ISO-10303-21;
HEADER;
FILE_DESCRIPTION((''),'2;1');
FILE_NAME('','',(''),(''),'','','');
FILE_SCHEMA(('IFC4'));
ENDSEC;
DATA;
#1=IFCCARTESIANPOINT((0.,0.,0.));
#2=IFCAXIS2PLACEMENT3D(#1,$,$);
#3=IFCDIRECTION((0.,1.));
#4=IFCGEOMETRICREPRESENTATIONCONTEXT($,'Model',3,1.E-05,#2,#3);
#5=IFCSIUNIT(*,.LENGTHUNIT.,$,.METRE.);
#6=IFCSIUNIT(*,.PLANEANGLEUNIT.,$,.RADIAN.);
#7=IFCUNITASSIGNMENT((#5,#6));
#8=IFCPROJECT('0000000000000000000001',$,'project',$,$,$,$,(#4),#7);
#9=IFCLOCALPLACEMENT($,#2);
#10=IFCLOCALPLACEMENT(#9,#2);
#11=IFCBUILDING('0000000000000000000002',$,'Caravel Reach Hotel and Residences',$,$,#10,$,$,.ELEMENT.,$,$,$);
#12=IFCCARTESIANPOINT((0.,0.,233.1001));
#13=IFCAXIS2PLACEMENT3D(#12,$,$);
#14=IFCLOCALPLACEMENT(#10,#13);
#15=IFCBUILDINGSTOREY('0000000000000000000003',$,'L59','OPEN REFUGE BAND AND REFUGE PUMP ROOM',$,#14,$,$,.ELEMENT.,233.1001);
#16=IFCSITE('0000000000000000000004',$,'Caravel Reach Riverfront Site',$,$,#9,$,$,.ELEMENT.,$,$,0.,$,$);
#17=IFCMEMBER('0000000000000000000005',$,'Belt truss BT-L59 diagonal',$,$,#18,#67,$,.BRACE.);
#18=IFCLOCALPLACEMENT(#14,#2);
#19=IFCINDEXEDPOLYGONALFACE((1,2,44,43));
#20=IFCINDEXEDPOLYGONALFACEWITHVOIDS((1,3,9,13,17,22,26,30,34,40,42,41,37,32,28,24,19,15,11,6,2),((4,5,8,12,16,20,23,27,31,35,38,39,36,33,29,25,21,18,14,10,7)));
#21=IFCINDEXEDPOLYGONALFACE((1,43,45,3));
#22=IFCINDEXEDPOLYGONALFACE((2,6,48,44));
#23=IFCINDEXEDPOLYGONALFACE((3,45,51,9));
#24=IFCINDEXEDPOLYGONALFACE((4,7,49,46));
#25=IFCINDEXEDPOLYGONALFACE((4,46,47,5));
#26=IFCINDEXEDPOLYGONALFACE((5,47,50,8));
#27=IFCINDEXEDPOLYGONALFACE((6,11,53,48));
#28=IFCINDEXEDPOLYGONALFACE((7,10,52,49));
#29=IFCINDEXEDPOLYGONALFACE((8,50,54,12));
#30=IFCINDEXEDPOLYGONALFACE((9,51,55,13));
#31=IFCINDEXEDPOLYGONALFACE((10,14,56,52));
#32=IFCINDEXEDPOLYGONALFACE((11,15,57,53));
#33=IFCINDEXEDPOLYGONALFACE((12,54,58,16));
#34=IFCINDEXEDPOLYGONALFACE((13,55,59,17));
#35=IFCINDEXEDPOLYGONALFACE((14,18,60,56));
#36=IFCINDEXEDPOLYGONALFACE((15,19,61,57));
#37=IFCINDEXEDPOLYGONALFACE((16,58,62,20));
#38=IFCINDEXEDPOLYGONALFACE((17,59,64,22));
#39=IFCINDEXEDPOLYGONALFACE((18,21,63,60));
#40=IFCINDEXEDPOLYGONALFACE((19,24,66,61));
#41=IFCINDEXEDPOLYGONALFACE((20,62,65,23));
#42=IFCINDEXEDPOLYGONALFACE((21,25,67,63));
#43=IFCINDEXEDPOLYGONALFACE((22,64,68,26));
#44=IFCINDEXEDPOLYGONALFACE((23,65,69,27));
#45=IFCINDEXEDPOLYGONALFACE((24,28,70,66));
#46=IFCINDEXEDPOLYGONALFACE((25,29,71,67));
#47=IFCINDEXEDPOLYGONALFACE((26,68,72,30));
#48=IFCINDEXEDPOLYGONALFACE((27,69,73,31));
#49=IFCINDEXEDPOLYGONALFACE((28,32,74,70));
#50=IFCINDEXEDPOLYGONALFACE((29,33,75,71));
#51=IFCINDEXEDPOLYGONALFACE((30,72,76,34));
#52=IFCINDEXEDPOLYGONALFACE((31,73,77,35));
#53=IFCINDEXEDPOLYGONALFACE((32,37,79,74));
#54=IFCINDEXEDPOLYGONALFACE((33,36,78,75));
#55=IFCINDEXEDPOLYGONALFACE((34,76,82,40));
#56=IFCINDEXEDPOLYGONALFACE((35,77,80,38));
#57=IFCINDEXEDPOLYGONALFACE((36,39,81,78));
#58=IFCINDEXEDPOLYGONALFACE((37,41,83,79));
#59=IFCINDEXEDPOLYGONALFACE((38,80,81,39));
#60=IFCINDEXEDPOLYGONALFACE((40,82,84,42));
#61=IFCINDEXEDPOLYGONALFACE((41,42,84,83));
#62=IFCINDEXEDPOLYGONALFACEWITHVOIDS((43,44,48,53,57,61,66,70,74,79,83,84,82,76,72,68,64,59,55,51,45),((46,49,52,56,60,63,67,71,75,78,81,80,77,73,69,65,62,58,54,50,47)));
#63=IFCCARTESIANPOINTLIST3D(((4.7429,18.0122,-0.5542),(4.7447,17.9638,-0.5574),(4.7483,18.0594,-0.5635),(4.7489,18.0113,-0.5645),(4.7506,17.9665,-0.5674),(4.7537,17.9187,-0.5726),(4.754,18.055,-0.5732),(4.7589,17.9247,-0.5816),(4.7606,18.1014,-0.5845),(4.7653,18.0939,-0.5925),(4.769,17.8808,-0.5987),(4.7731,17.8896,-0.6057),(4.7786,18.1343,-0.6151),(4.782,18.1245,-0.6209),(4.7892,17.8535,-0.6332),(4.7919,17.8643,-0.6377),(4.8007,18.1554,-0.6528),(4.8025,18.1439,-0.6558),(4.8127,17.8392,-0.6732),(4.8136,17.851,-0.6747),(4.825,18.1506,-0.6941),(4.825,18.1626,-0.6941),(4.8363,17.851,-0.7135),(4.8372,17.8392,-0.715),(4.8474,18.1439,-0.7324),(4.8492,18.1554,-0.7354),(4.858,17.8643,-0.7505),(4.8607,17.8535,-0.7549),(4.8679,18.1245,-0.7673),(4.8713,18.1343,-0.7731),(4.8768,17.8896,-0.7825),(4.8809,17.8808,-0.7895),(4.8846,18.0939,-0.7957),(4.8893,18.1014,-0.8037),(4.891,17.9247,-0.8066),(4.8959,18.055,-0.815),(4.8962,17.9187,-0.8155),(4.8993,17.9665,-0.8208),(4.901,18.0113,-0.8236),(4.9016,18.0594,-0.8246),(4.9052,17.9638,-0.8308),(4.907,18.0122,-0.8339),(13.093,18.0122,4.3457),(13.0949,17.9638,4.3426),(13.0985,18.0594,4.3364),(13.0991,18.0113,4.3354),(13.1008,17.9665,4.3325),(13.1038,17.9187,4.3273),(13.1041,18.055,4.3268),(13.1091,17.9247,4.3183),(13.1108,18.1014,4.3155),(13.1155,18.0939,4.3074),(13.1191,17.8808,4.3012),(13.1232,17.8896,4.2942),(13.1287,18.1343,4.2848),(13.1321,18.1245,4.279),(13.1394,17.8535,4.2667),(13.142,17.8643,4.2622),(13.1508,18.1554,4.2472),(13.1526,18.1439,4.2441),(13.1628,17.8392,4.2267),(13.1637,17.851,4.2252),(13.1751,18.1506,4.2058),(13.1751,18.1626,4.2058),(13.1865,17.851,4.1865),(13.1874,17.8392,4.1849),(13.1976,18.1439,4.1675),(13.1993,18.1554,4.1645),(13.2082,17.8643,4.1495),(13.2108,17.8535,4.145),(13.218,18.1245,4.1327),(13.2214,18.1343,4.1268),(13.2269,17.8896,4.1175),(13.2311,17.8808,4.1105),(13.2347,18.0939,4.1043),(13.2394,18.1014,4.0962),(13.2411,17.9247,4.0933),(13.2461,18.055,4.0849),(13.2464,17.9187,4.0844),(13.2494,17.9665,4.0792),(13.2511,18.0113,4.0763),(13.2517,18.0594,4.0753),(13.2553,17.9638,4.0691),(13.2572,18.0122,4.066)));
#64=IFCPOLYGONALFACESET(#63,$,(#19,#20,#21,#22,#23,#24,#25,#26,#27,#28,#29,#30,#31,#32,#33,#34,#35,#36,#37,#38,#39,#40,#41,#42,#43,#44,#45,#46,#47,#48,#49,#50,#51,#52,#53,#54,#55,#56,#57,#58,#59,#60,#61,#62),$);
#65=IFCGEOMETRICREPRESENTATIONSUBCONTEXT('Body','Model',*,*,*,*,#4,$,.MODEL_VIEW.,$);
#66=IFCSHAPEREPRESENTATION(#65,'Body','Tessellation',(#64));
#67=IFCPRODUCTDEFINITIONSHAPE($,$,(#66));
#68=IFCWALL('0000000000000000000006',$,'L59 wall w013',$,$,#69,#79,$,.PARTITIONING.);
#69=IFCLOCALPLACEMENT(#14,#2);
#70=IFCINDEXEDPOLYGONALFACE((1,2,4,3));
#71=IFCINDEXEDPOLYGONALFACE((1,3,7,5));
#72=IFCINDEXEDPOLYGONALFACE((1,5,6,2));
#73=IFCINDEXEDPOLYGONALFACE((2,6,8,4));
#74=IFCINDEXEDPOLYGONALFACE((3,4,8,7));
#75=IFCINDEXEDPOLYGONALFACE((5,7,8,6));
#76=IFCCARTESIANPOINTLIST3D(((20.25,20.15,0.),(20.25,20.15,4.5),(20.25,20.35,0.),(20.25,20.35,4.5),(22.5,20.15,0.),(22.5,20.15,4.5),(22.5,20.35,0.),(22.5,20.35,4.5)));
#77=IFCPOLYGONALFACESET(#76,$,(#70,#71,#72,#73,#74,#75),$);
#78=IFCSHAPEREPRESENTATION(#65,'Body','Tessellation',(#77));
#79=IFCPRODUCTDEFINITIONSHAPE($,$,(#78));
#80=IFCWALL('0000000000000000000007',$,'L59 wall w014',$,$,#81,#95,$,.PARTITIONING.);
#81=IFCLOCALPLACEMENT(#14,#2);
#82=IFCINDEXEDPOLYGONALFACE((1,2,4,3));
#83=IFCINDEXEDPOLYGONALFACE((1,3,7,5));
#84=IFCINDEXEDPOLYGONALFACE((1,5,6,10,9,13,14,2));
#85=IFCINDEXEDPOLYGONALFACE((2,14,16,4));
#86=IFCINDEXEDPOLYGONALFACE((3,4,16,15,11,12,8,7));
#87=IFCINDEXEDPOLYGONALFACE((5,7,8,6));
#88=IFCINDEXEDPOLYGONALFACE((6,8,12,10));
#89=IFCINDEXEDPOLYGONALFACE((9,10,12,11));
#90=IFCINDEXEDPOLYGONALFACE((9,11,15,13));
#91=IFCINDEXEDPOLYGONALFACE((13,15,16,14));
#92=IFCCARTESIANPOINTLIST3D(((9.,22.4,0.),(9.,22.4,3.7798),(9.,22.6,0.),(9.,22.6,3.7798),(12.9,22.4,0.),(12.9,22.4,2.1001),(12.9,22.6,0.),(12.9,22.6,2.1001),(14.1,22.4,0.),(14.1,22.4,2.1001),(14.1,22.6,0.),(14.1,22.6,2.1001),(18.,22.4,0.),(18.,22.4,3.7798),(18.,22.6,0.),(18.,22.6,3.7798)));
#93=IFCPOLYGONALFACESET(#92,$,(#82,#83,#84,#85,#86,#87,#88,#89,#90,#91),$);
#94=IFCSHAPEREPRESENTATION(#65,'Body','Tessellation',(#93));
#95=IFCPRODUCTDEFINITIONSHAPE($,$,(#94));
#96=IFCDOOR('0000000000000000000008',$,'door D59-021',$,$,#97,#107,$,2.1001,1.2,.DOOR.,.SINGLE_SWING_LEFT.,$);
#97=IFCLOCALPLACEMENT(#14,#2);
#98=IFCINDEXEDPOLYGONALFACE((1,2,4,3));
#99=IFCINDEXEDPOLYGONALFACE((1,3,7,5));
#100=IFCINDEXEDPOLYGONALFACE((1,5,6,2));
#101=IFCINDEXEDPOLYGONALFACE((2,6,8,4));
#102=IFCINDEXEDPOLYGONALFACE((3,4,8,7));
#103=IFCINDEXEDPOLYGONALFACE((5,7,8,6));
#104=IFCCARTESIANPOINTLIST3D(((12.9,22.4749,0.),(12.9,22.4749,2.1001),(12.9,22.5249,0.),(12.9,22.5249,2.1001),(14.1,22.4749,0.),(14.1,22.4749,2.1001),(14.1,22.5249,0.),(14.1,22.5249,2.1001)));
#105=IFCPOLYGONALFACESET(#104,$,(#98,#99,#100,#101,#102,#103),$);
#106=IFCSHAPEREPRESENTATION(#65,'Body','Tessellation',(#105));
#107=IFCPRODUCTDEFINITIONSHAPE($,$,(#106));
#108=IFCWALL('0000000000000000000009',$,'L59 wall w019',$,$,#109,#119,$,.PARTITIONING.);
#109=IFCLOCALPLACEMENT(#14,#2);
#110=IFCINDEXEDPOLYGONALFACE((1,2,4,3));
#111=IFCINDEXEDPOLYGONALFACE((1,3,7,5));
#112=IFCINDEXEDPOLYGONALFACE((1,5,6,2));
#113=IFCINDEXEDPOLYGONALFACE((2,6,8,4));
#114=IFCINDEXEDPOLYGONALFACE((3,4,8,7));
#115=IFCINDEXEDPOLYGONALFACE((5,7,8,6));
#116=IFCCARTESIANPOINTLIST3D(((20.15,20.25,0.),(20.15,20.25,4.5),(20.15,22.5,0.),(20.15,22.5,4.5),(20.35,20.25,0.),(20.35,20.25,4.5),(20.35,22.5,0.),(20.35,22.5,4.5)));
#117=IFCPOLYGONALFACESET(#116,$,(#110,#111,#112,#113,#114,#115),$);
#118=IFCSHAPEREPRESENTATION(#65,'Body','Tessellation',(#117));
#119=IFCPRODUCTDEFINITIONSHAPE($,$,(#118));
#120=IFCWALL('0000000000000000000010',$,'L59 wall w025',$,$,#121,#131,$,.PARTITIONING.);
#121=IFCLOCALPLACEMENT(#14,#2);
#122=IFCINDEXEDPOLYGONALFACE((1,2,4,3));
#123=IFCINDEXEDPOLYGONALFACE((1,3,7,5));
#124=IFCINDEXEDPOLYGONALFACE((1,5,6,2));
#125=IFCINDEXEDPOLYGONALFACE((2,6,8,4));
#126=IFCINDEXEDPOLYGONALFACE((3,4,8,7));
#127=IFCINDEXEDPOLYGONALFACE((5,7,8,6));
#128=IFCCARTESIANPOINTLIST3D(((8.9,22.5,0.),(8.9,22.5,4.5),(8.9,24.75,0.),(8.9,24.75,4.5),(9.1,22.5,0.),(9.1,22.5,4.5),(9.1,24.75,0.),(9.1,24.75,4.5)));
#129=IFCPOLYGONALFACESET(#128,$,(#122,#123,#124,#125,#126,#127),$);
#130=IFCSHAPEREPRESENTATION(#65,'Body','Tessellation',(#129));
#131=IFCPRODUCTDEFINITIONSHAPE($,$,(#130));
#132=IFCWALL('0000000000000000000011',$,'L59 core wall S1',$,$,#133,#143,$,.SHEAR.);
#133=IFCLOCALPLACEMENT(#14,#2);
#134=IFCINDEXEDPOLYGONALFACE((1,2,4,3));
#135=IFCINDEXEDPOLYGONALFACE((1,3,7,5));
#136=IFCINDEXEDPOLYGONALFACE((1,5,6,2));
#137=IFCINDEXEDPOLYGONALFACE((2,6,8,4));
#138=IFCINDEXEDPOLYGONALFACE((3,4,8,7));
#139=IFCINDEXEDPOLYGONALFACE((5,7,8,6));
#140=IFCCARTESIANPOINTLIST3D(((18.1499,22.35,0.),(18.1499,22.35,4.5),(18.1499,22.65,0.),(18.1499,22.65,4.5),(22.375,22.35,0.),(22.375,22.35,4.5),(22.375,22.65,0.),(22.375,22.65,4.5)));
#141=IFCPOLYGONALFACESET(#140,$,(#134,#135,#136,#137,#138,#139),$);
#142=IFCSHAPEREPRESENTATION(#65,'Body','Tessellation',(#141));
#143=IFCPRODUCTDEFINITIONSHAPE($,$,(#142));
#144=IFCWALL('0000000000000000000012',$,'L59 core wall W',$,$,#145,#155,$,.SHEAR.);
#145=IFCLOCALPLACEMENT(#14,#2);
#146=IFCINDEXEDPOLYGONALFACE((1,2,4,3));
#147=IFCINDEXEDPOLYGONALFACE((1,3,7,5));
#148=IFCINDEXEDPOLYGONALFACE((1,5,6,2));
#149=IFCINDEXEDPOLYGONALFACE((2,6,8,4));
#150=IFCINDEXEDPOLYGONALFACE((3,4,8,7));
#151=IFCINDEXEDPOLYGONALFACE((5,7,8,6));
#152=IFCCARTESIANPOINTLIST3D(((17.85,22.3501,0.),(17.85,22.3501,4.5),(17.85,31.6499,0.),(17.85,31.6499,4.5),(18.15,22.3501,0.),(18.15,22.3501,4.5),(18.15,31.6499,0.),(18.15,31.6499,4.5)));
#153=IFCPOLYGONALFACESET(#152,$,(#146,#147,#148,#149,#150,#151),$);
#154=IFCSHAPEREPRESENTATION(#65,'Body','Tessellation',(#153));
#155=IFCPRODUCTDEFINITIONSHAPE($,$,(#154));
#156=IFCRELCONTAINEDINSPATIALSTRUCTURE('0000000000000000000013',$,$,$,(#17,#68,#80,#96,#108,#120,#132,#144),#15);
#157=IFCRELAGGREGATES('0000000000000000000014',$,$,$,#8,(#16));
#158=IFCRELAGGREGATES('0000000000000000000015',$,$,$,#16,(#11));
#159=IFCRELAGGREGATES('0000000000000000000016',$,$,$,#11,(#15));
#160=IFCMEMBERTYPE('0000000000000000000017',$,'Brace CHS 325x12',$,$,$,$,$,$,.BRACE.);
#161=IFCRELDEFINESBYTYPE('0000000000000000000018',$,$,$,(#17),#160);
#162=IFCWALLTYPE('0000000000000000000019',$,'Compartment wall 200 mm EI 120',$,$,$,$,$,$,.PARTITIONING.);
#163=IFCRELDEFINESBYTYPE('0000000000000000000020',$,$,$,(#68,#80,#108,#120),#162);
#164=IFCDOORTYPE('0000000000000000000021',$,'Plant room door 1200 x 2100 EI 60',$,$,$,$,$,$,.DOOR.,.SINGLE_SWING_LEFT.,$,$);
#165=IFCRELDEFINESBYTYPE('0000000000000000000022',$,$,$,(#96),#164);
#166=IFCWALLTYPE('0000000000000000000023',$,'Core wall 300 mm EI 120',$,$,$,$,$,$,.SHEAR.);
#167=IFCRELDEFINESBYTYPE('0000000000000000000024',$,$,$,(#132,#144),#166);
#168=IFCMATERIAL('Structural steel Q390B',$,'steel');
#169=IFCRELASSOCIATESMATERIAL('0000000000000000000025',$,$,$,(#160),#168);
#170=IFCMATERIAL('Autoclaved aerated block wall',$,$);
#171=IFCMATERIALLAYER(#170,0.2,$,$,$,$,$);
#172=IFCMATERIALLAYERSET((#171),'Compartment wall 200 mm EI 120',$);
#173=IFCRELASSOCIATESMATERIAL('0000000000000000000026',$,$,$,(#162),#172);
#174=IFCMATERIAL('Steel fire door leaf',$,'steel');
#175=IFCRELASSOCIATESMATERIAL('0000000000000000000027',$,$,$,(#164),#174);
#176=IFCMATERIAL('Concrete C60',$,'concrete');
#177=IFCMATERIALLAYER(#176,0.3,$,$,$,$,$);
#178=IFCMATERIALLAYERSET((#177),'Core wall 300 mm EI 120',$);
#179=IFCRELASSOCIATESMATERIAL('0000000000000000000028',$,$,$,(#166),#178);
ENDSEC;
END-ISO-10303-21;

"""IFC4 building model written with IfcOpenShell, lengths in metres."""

from ifc_helpers import new_model, si_unit, direction, frame, frame_2d, origin, origin_2d, place, context, subcontext, project, spatial, rectangle, hollow_circle, extrude, material, layer, layer_set, material_profile, profile_set, type_object, element, fill, save


model = new_model("IFC4")

# Units and contexts
model_context = context("Model", 3, precision=1e-05, world=origin(), true_north=direction((0.0, 1.0)))
body_context = subcontext(model_context, "Body", "Model", "MODEL_VIEW")
ifc_project = project(units=[si_unit("LENGTHUNIT", "METRE"), si_unit("PLANEANGLEUNIT", "RADIAN")], contexts=[model_context])

# Site, building, storey
site_placement = place(None, origin())
site = spatial("IfcSite", under=ifc_project, at=site_placement, Name="Caravel Reach Riverfront Site", CompositionType="ELEMENT", RefElevation=0.0)
building_placement = place(site_placement, origin())
building = spatial("IfcBuilding", under=site, at=building_placement, Name="Caravel Reach Hotel and Residences", CompositionType="ELEMENT")
storey_placement = place(building_placement, frame((0.0, 0.0, 233.1001)))
storey = spatial("IfcBuildingStorey", under=building, at=storey_placement, Name="L59", Description="OPEN REFUGE BAND AND REFUGE PUMP ROOM", CompositionType="ELEMENT", Elevation=233.1001)

# Member
ifc_material_1 = material(Name="Structural steel Q390B", Category="steel")
ifc_material_profile_1 = material_profile(ifc_material_1, hollow_circle(Radius=0.1626, WallThickness=0.012, at=origin_2d()), Name="CHS 325x12")
ifc_profile_set_1 = profile_set([ifc_material_profile_1], Name="Structural steel Q390B")
member_type = type_object("IfcMemberType", Name="Brace CHS 325x12", PredefinedType="BRACE", material=ifc_profile_set_1)
member_placement = place(storey_placement, frame((4.825, 18.0, -0.6941), z_axis=(0.862472, 0.0, 0.506105), x_axis=(0.0, 1.0, 0.0)))
element("IfcMember", 1, at=member_placement, inside=storey, type_object=member_type, Name="Belt truss BT-L59 diagonal", PredefinedType="BRACE", context=body_context, shape_type="SweptSolid", body=[
    extrude(hollow_circle(Radius=0.1626, WallThickness=0.012, at=origin_2d()), origin(), (0.0, 0.0, 1.0), 9.6816),
])

# Wall
ifc_material_2 = material(Name="Autoclaved aerated block wall")
ifc_layer_1 = layer(ifc_material_2, 0.2)
ifc_layer_set_1 = layer_set([ifc_layer_1], Name="Compartment wall 200 mm EI 120")
wall_type_1 = type_object("IfcWallType", Name="Compartment wall 200 mm EI 120", PredefinedType="PARTITIONING", material=ifc_layer_set_1)
wall_1_placement = place(storey_placement, frame((20.25, 20.25, 0.0), z_axis=(0.0, 0.0, 1.0), x_axis=(1.0, 0.0, 0.0)))
element("IfcWall", 2, at=wall_1_placement, inside=storey, type_object=wall_type_1, Name="L59 wall w013", PredefinedType="PARTITIONING", context=body_context, shape_type="SweptSolid", body=[
    extrude(rectangle(XDim=2.25, YDim=0.2, at=frame_2d((1.125, 0.0))), origin(), (0.0, 0.0, 1.0), 4.5),
])

# Wall, opening, door
wall_2_placement = place(storey_placement, frame((9.0, 22.5, 0.0), z_axis=(0.0, 0.0, 1.0), x_axis=(1.0, 0.0, 0.0)))
wall_2 = element("IfcWall", 3, at=wall_2_placement, inside=storey, type_object=wall_type_1, Name="L59 wall w014", PredefinedType="PARTITIONING", context=body_context, shape_type="SweptSolid", body=[
    extrude(rectangle(XDim=9.0, YDim=0.2, at=frame_2d((4.5, 0.0))), origin(), (0.0, 0.0, 1.0), 3.7798),
])
opening_placement = place(wall_2_placement, frame((3.8999, 0.0, 0.0)))
opening = element("IfcOpeningElement", 4, at=opening_placement, cuts=wall_2, PredefinedType="OPENING", context=body_context, shape_type="SweptSolid", body=[
    extrude(rectangle(XDim=1.2, YDim=2.1001, at=frame_2d((0.6001, 1.05))), frame((0.0, 0.1099, 0.0), z_axis=(0.0, -1.0, 0.0), x_axis=(1.0, 0.0, 0.0)), (0.0, 0.0, 1.0), 0.22),
])
ifc_material_3 = material(Name="Steel fire door leaf", Category="steel")
door_type = type_object("IfcDoorType", Name="Plant room door 1200 x 2100 EI 60", OperationType="SINGLE_SWING_LEFT", PredefinedType="DOOR", material=ifc_material_3)
door_placement = place(opening_placement, origin())
door = element("IfcDoor", 5, at=door_placement, inside=storey, type_object=door_type, Name="door D59-021", OperationType="SINGLE_SWING_LEFT", OverallHeight=2.1001, OverallWidth=1.2, PredefinedType="DOOR", context=body_context, shape_type="SweptSolid", body=[
    extrude(rectangle(XDim=1.2, YDim=2.1001, at=frame_2d((0.6001, 1.05))), frame((0.0, 0.0249, 0.0), z_axis=(0.0, -1.0, 0.0), x_axis=(1.0, 0.0, 0.0)), (0.0, 0.0, 1.0), 0.05),
])
fill(opening, door)

# Walls
for number, where, z_axis, x_axis, name in (
    (6, (20.25, 20.25, 0.0), (0.0, 0.0, 1.0), (0.0, 1.0, 0.0), "L59 wall w019"),
    (7, (9.0, 22.5, 0.0), (0.0, 0.0, 1.0), (0.0, 1.0, 0.0), "L59 wall w025"),
):
    element("IfcWall", number, at=place(storey_placement, frame(where, z_axis=z_axis, x_axis=x_axis)), inside=storey, type_object=wall_type_1, Name=name, PredefinedType="PARTITIONING", context=body_context, shape_type="SweptSolid", body=[
        extrude(rectangle(XDim=2.25, YDim=0.2, at=frame_2d((1.125, 0.0))), origin(), (0.0, 0.0, 1.0), 4.5),
    ])
ifc_material_4 = material(Name="Concrete C60", Category="concrete")
ifc_layer_2 = layer(ifc_material_4, 0.3)
ifc_layer_set_2 = layer_set([ifc_layer_2], Name="Core wall 300 mm EI 120")
wall_type_2 = type_object("IfcWallType", Name="Core wall 300 mm EI 120", PredefinedType="SHEAR", material=ifc_layer_set_2)
wall_3_placement = place(storey_placement, frame((18.1499, 22.5, 0.0), z_axis=(0.0, 0.0, 1.0), x_axis=(1.0, 0.0, 0.0)))
element("IfcWall", 8, at=wall_3_placement, inside=storey, type_object=wall_type_2, Name="L59 core wall S1", PredefinedType="SHEAR", context=body_context, shape_type="SweptSolid", body=[
    extrude(rectangle(XDim=4.2251, YDim=0.3, at=frame_2d((2.1125, 0.0))), origin(), (0.0, 0.0, 1.0), 4.5),
])
wall_4_placement = place(storey_placement, frame((18.0, 22.3501, 0.0), z_axis=(0.0, 0.0, 1.0), x_axis=(0.0, 1.0, 0.0)))
element("IfcWall", 9, at=wall_4_placement, inside=storey, type_object=wall_type_2, Name="L59 core wall W", PredefinedType="SHEAR", context=body_context, shape_type="SweptSolid", body=[
    extrude(rectangle(XDim=9.2998, YDim=0.3, at=frame_2d((4.6499, 0.0))), origin(), (0.0, 0.0, 1.0), 4.5),
])

save(model, "model.ifc")
